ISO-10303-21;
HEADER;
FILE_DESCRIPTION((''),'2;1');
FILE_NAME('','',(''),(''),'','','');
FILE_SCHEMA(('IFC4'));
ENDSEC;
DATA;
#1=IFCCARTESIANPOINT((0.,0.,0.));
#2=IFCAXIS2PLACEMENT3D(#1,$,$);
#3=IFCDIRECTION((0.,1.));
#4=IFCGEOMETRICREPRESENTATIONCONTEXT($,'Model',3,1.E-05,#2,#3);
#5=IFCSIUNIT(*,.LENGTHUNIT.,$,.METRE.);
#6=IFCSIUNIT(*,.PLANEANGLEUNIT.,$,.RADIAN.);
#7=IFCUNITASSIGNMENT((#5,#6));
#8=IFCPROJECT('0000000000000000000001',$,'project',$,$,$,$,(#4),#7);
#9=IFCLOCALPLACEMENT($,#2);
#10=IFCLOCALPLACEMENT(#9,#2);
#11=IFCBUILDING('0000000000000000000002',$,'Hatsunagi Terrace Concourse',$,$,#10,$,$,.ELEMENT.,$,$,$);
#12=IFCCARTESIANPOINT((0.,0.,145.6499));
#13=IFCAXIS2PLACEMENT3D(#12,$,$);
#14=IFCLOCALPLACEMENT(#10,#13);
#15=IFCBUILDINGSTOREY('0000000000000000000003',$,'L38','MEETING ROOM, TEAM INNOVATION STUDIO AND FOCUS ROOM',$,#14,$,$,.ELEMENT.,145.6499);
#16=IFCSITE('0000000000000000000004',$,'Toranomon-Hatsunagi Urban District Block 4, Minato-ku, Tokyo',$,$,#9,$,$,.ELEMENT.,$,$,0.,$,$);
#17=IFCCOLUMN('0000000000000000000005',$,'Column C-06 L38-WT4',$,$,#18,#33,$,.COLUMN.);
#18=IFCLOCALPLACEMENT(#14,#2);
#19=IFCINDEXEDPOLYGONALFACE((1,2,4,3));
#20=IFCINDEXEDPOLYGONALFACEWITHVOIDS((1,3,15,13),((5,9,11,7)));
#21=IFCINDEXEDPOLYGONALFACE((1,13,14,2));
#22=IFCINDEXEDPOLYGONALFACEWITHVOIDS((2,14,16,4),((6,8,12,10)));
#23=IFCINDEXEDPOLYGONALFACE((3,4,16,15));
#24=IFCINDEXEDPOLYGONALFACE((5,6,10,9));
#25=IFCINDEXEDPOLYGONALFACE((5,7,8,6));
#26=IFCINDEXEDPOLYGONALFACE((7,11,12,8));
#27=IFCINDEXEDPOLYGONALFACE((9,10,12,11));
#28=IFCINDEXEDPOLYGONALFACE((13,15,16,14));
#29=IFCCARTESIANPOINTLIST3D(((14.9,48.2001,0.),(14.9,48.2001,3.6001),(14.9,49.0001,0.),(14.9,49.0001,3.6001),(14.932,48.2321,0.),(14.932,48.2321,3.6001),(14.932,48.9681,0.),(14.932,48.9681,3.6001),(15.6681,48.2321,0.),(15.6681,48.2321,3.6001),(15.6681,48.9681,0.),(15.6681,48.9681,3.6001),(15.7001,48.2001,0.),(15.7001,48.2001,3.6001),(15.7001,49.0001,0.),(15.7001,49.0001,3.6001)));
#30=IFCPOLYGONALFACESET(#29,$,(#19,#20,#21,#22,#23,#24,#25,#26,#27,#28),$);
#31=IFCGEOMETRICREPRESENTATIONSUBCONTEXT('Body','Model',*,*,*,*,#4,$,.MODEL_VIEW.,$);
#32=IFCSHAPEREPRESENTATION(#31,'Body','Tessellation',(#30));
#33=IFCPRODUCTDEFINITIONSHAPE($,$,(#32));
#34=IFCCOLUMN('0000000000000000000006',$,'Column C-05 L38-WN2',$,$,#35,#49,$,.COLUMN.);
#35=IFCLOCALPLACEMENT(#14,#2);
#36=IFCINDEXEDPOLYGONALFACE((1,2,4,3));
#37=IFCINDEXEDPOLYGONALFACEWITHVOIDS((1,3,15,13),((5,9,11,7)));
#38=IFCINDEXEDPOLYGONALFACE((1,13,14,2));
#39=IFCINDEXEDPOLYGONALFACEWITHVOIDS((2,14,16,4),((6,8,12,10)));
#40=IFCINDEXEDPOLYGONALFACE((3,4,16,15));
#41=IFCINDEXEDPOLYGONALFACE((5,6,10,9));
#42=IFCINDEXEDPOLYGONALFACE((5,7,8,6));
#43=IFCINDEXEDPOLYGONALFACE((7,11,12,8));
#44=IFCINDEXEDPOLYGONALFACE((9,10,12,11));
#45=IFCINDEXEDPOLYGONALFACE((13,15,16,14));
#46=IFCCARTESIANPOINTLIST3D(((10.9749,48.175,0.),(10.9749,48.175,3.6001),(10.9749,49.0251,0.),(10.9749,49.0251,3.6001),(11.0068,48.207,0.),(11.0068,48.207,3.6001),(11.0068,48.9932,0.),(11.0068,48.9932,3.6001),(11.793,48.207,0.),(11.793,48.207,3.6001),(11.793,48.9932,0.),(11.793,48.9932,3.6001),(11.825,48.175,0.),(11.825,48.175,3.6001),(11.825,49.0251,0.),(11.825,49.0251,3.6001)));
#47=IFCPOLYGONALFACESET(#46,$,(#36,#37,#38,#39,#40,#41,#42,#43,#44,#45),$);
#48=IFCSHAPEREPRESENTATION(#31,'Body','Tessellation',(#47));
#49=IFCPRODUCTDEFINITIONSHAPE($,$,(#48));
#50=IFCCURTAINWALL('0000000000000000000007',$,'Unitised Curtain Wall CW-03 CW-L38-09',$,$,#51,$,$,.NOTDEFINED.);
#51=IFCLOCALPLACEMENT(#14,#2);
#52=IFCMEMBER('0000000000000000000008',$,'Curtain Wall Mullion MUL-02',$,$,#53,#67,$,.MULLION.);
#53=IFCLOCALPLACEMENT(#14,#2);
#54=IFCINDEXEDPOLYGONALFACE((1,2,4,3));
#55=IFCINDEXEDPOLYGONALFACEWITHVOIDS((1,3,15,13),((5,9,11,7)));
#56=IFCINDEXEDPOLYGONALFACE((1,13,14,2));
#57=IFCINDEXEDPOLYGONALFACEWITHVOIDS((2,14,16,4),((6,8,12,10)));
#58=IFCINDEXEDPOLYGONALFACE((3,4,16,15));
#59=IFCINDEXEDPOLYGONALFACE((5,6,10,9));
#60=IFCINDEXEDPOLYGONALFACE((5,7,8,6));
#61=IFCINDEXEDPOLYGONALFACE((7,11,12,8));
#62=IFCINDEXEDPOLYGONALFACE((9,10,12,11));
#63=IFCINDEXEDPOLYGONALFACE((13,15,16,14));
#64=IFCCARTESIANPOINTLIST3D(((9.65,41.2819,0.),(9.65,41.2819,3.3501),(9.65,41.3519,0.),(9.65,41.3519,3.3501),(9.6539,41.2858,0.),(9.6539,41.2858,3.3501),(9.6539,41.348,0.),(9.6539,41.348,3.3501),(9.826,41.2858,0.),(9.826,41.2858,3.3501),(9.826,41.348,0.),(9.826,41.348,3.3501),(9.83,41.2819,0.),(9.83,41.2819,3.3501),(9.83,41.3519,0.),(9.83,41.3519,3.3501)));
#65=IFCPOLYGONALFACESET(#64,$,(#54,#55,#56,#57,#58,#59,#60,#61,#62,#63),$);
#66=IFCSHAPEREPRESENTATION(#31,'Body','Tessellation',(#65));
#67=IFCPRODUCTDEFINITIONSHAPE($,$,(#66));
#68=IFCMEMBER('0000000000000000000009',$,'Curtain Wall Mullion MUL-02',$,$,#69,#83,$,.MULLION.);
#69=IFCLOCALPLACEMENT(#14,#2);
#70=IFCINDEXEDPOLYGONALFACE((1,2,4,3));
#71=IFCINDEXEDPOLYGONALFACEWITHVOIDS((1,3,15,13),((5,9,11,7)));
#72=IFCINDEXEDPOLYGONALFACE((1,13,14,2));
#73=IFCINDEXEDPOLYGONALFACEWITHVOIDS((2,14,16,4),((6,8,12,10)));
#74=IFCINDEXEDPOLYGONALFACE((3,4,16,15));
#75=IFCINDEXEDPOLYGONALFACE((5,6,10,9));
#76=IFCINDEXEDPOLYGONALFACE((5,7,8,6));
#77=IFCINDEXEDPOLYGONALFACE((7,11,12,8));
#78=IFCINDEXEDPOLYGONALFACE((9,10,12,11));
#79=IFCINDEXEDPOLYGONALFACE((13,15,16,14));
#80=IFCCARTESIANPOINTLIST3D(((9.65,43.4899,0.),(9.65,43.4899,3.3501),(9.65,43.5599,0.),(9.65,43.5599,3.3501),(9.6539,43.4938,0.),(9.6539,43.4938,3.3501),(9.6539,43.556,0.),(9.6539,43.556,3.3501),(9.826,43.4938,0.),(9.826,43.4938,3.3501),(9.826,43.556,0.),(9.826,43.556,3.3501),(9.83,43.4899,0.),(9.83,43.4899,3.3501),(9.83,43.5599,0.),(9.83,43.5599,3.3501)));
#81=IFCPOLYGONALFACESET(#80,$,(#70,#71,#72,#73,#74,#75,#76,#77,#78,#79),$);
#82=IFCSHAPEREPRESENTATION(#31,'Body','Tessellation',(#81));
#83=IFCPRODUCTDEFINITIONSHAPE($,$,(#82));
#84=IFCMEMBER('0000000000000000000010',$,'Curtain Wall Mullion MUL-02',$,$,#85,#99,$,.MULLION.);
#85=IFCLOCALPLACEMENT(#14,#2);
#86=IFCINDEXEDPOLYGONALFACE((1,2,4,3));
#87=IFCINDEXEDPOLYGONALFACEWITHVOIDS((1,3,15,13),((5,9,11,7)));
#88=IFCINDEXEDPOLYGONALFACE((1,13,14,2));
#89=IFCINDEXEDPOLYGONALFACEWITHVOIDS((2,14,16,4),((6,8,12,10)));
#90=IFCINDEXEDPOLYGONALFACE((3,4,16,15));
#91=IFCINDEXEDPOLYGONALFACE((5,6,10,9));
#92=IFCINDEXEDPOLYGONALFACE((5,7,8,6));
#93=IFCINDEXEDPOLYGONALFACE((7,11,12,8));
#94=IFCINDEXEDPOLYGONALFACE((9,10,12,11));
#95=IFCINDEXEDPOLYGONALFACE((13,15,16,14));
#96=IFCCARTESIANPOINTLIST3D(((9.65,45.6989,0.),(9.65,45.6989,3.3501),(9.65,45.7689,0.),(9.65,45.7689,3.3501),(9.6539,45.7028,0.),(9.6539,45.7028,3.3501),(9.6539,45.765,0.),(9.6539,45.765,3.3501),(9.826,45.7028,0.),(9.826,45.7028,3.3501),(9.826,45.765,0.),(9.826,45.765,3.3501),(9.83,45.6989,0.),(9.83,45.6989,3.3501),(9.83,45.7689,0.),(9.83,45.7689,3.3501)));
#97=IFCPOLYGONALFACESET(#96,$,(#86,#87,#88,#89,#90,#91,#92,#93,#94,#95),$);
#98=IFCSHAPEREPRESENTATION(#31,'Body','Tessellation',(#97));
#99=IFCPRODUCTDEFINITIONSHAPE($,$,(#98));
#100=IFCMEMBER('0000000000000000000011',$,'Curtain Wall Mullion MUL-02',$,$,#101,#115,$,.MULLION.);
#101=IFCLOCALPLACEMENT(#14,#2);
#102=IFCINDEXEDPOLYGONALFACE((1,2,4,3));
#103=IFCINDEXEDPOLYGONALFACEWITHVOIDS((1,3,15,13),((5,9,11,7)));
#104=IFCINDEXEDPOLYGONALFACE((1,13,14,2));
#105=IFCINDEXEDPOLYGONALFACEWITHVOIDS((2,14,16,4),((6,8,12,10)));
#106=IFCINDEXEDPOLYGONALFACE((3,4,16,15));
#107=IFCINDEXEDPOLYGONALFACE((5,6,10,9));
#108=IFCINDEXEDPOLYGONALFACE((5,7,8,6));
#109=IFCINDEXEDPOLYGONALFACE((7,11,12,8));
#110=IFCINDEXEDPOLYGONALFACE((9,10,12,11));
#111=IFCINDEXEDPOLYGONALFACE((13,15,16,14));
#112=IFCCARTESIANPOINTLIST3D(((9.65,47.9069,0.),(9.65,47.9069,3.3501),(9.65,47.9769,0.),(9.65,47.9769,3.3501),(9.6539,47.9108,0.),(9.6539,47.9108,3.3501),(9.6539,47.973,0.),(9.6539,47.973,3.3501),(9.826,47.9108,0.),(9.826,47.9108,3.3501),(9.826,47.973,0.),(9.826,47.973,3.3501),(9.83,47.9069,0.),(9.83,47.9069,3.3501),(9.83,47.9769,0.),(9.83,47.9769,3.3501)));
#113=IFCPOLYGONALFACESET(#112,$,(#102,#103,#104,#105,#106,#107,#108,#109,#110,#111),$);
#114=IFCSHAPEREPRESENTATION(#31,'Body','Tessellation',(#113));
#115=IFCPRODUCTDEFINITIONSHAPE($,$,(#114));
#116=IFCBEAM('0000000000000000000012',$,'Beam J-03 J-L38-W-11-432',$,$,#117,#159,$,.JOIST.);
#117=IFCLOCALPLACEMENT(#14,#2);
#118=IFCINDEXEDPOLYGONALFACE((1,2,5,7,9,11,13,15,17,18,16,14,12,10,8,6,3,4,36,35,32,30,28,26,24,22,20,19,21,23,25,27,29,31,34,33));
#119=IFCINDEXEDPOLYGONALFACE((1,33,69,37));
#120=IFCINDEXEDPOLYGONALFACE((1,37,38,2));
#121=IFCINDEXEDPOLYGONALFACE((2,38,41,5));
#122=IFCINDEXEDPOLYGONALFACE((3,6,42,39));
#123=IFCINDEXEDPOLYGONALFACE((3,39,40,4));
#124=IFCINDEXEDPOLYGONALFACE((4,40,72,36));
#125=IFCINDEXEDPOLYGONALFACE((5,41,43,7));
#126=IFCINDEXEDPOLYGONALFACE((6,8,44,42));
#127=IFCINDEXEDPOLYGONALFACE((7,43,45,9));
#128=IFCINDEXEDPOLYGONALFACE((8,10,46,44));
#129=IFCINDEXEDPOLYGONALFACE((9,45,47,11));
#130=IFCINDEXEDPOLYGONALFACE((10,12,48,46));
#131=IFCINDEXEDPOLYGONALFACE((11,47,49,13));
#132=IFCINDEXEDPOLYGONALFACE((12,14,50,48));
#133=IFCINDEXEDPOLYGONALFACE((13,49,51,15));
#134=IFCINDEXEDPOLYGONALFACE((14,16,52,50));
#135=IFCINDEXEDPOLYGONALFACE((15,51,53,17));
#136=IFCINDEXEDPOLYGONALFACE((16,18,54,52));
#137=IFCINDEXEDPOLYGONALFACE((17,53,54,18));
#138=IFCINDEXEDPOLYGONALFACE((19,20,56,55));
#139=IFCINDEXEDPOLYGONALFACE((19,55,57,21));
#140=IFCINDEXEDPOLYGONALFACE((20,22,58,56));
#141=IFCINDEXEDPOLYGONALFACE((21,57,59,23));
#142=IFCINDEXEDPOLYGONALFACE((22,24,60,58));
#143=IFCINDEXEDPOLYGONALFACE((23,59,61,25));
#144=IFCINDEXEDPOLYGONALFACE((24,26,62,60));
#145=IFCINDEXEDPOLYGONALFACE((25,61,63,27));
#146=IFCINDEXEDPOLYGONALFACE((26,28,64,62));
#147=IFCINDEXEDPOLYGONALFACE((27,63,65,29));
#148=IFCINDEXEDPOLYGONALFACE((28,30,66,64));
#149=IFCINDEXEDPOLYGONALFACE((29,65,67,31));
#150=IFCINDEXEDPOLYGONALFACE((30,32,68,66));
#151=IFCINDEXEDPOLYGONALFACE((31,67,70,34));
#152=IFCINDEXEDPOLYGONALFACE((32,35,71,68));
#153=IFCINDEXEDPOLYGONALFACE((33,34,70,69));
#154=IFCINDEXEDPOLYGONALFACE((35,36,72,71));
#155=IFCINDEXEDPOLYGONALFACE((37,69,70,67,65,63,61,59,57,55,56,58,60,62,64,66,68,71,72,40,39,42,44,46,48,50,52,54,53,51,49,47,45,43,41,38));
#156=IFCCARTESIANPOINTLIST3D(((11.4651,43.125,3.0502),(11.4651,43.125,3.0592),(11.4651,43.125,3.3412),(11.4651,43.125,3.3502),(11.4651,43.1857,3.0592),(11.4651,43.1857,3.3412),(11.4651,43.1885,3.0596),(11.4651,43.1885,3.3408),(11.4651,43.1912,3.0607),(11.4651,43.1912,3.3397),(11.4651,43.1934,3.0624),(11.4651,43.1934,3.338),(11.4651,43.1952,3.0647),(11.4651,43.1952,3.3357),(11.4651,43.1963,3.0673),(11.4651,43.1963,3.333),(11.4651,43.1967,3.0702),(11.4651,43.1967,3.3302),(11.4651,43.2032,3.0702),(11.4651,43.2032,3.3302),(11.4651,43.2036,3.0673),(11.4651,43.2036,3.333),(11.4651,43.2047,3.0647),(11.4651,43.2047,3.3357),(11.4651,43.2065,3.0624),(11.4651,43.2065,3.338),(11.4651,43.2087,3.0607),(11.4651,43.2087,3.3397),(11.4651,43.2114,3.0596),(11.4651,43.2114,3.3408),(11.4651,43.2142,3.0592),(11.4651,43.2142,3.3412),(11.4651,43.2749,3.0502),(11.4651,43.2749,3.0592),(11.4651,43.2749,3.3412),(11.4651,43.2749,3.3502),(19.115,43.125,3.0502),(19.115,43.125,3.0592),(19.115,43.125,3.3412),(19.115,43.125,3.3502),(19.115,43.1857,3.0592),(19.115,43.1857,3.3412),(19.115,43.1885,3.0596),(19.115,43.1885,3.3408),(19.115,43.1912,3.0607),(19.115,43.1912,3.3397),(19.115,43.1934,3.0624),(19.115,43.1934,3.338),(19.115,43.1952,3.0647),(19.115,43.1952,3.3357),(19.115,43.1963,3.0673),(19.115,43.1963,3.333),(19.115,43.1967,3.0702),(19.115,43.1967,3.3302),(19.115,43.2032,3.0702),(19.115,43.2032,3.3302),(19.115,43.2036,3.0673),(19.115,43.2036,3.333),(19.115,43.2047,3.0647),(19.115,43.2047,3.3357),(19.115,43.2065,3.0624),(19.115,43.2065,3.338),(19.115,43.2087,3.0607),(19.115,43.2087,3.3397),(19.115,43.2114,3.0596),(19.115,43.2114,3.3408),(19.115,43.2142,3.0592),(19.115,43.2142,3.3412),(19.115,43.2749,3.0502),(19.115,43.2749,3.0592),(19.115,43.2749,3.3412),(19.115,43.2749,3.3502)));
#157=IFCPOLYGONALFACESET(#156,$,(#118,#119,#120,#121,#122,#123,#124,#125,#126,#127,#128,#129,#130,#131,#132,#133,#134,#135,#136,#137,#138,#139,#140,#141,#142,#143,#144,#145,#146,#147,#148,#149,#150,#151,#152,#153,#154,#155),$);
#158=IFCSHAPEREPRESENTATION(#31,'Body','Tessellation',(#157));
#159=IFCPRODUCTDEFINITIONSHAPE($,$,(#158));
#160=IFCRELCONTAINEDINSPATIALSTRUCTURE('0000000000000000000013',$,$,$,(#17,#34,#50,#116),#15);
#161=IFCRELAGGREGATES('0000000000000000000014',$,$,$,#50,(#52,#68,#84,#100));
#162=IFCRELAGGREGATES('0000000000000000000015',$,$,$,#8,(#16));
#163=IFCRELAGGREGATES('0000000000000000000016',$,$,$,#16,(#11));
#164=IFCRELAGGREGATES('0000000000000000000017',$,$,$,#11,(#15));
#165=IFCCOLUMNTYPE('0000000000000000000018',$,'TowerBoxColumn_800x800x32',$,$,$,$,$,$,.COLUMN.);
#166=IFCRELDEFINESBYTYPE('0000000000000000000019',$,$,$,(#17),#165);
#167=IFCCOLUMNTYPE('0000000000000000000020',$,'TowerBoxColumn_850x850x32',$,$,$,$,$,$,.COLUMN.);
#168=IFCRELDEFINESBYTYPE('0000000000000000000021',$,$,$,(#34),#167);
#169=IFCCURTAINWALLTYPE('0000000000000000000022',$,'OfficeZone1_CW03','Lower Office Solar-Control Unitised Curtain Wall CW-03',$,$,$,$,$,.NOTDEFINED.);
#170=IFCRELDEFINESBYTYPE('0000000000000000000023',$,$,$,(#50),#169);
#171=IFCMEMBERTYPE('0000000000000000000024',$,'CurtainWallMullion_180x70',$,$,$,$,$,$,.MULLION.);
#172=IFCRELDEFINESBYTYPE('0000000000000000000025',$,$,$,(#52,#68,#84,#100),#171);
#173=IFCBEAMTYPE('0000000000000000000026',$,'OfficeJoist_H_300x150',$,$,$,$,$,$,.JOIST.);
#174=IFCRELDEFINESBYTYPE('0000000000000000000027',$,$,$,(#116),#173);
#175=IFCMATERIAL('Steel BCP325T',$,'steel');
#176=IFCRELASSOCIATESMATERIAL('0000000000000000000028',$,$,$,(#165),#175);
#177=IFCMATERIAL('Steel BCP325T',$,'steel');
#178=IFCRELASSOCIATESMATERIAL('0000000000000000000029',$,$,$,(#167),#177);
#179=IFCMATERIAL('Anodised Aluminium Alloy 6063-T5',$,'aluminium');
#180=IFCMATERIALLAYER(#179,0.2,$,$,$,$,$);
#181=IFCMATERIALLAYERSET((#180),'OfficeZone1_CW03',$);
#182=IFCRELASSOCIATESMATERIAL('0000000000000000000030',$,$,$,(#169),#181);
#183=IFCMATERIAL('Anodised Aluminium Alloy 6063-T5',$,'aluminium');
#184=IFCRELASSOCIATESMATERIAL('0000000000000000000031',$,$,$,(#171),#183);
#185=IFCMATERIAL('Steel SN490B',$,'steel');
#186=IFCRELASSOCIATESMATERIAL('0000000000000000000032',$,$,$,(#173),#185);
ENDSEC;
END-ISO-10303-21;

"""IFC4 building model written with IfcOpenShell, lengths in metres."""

from ifc_helpers import new_model, si_unit, direction, frame, origin, origin_2d, place, context, subcontext, project, spatial, hollow_rectangle, i_section, extrude, material, layer, layer_set, material_profile, profile_set, type_object, element, aggregate, save


model = new_model("IFC4")

# Units and contexts
model_context = context("Model", 3, precision=1e-05, world=origin(), true_north=direction((0.0, 1.0)))
body_context = subcontext(model_context, "Body", "Model", "MODEL_VIEW")
ifc_project = project(units=[si_unit("LENGTHUNIT", "METRE"), si_unit("PLANEANGLEUNIT", "RADIAN")], contexts=[model_context])

# Site, building, storey
site_placement = place(None, origin())
site = spatial("IfcSite", under=ifc_project, at=site_placement, Name="Toranomon-Hatsunagi Urban District Block 4, Minato-ku, Tokyo", CompositionType="ELEMENT", RefElevation=0.0)
building_placement = place(site_placement, origin())
building = spatial("IfcBuilding", under=site, at=building_placement, Name="Hatsunagi Terrace Concourse", CompositionType="ELEMENT")
storey_placement = place(building_placement, frame((0.0, 0.0, 145.6499)))
storey = spatial("IfcBuildingStorey", under=building, at=storey_placement, Name="L38", Description="MEETING ROOM, TEAM INNOVATION STUDIO AND FOCUS ROOM", CompositionType="ELEMENT", Elevation=145.6499)

# Columns
ifc_material_1 = material(Name="Steel BCP325T", Category="steel")
ifc_material_profile_1 = material_profile(ifc_material_1, hollow_rectangle(XDim=0.8, YDim=0.8, WallThickness=0.032, at=origin_2d()), Name="BCP-800x800x32")
ifc_profile_set_1 = profile_set([ifc_material_profile_1], Name="Steel BCP325T")
column_type_1 = type_object("IfcColumnType", Name="TowerBoxColumn_800x800x32", PredefinedType="COLUMN", material=ifc_profile_set_1)
column_1_placement = place(storey_placement, frame((15.3, 48.6001, 0.0), z_axis=(0.0, 0.0, 1.0), x_axis=(1.0, 0.0, 0.0)))
element("IfcColumn", 1, at=column_1_placement, inside=storey, type_object=column_type_1, Name="Column C-06 L38-WT4", PredefinedType="COLUMN", context=body_context, shape_type="SweptSolid", body=[
    extrude(hollow_rectangle(XDim=0.8, YDim=0.8, WallThickness=0.032, at=origin_2d()), origin(), (0.0, 0.0, 1.0), 3.6001),
])
ifc_material_2 = material(Name="Steel BCP325T", Category="steel")
ifc_material_profile_2 = material_profile(ifc_material_2, hollow_rectangle(XDim=0.8501, YDim=0.8501, WallThickness=0.032, at=origin_2d()), Name="BCP-850x850x32")
ifc_profile_set_2 = profile_set([ifc_material_profile_2], Name="Steel BCP325T")
column_type_2 = type_object("IfcColumnType", Name="TowerBoxColumn_850x850x32", PredefinedType="COLUMN", material=ifc_profile_set_2)
column_2_placement = place(storey_placement, frame((11.3999, 48.6001, 0.0), z_axis=(0.0, 0.0, 1.0), x_axis=(1.0, 0.0, 0.0)))
element("IfcColumn", 2, at=column_2_placement, inside=storey, type_object=column_type_2, Name="Column C-05 L38-WN2", PredefinedType="COLUMN", context=body_context, shape_type="SweptSolid", body=[
    extrude(hollow_rectangle(XDim=0.8501, YDim=0.8501, WallThickness=0.032, at=origin_2d()), origin(), (0.0, 0.0, 1.0), 3.6001),
])

# Curtain wall, members
ifc_material_3 = material(Name="Anodised Aluminium Alloy 6063-T5", Category="aluminium")
ifc_layer_1 = layer(ifc_material_3, 0.2)
ifc_layer_set_1 = layer_set([ifc_layer_1], Name="OfficeZone1_CW03")
curtain_wall_type = type_object("IfcCurtainWallType", Name="OfficeZone1_CW03", Description="Lower Office Solar-Control Unitised Curtain Wall CW-03", PredefinedType="NOTDEFINED", material=ifc_layer_set_1)
curtain_wall_placement = place(storey_placement, origin())
curtain_wall = element("IfcCurtainWall", 3, at=curtain_wall_placement, inside=storey, type_object=curtain_wall_type, Name="Unitised Curtain Wall CW-03 CW-L38-09", PredefinedType="NOTDEFINED")
ifc_material_4 = material(Name="Anodised Aluminium Alloy 6063-T5", Category="aluminium")
ifc_material_profile_3 = material_profile(ifc_material_4, hollow_rectangle(XDim=0.0701, YDim=0.1799, WallThickness=0.0039, at=origin_2d()), Name="ALU-MUL-180x70x4")
ifc_profile_set_3 = profile_set([ifc_material_profile_3], Name="Anodised Aluminium Alloy 6063-T5")
member_type = type_object("IfcMemberType", Name="CurtainWallMullion_180x70", PredefinedType="MULLION", material=ifc_profile_set_3)
member_1_placement = place(storey_placement, frame((9.74, 41.3169, 0.0), z_axis=(0.0, 0.0, 1.0), x_axis=(0.0, 1.0, 0.0)))
member_1 = element("IfcMember", 4, at=member_1_placement, type_object=member_type, Name="Curtain Wall Mullion MUL-02", PredefinedType="MULLION", context=body_context, shape_type="SweptSolid", body=[
    extrude(hollow_rectangle(XDim=0.0701, YDim=0.1799, WallThickness=0.0039, at=origin_2d()), origin(), (0.0, 0.0, 1.0), 3.3501),
])
member_2_placement = place(storey_placement, frame((9.74, 43.5249, 0.0), z_axis=(0.0, 0.0, 1.0), x_axis=(0.0, 1.0, 0.0)))
member_2 = element("IfcMember", 5, at=member_2_placement, type_object=member_type, Name="Curtain Wall Mullion MUL-02", PredefinedType="MULLION", context=body_context, shape_type="SweptSolid", body=[
    extrude(hollow_rectangle(XDim=0.0701, YDim=0.1799, WallThickness=0.0039, at=origin_2d()), origin(), (0.0, 0.0, 1.0), 3.3501),
])
member_3_placement = place(storey_placement, frame((9.74, 45.7339, 0.0), z_axis=(0.0, 0.0, 1.0), x_axis=(0.0, 1.0, 0.0)))
member_3 = element("IfcMember", 6, at=member_3_placement, type_object=member_type, Name="Curtain Wall Mullion MUL-02", PredefinedType="MULLION", context=body_context, shape_type="SweptSolid", body=[
    extrude(hollow_rectangle(XDim=0.0701, YDim=0.1799, WallThickness=0.0039, at=origin_2d()), origin(), (0.0, 0.0, 1.0), 3.3501),
])
member_4_placement = place(storey_placement, frame((9.74, 47.9419, 0.0), z_axis=(0.0, 0.0, 1.0), x_axis=(0.0, 1.0, 0.0)))
member_4 = element("IfcMember", 7, at=member_4_placement, type_object=member_type, Name="Curtain Wall Mullion MUL-02", PredefinedType="MULLION", context=body_context, shape_type="SweptSolid", body=[
    extrude(hollow_rectangle(XDim=0.0701, YDim=0.1799, WallThickness=0.0039, at=origin_2d()), origin(), (0.0, 0.0, 1.0), 3.3501),
])

# Beam
ifc_material_5 = material(Name="Steel SN490B", Category="steel")
ifc_material_profile_4 = material_profile(ifc_material_5, i_section(OverallWidth=0.1499, OverallDepth=0.3, WebThickness=0.0066, FlangeThickness=0.009, FilletRadius=0.011, at=origin_2d()), Name="H-300x150x6.5x9")
ifc_profile_set_4 = profile_set([ifc_material_profile_4], Name="Steel SN490B")
beam_type_1 = type_object("IfcBeamType", Name="OfficeJoist_H_300x150", PredefinedType="JOIST", material=ifc_profile_set_4)
for number, where, z_axis, x_axis, name in (
    (8, (11.4651, 43.2, 3.2002), (1.0, 0.0, 0.0), (0.0, 1.0, 0.0), "Beam J-03 J-L38-W-11-432"),
):
    element("IfcBeam", number, at=place(storey_placement, frame(where, z_axis=z_axis, x_axis=x_axis)), inside=storey, type_object=beam_type_1, Name=name, PredefinedType="JOIST", context=body_context, shape_type="SweptSolid", body=[
        extrude(i_section(OverallWidth=0.1499, OverallDepth=0.3, WebThickness=0.0066, FlangeThickness=0.009, FilletRadius=0.011, at=origin_2d()), origin(), (0.0, 0.0, 1.0), 7.6499),
    ])

aggregate(curtain_wall, [member_1, member_2, member_3, member_4])

save(model, "model.ifc")
